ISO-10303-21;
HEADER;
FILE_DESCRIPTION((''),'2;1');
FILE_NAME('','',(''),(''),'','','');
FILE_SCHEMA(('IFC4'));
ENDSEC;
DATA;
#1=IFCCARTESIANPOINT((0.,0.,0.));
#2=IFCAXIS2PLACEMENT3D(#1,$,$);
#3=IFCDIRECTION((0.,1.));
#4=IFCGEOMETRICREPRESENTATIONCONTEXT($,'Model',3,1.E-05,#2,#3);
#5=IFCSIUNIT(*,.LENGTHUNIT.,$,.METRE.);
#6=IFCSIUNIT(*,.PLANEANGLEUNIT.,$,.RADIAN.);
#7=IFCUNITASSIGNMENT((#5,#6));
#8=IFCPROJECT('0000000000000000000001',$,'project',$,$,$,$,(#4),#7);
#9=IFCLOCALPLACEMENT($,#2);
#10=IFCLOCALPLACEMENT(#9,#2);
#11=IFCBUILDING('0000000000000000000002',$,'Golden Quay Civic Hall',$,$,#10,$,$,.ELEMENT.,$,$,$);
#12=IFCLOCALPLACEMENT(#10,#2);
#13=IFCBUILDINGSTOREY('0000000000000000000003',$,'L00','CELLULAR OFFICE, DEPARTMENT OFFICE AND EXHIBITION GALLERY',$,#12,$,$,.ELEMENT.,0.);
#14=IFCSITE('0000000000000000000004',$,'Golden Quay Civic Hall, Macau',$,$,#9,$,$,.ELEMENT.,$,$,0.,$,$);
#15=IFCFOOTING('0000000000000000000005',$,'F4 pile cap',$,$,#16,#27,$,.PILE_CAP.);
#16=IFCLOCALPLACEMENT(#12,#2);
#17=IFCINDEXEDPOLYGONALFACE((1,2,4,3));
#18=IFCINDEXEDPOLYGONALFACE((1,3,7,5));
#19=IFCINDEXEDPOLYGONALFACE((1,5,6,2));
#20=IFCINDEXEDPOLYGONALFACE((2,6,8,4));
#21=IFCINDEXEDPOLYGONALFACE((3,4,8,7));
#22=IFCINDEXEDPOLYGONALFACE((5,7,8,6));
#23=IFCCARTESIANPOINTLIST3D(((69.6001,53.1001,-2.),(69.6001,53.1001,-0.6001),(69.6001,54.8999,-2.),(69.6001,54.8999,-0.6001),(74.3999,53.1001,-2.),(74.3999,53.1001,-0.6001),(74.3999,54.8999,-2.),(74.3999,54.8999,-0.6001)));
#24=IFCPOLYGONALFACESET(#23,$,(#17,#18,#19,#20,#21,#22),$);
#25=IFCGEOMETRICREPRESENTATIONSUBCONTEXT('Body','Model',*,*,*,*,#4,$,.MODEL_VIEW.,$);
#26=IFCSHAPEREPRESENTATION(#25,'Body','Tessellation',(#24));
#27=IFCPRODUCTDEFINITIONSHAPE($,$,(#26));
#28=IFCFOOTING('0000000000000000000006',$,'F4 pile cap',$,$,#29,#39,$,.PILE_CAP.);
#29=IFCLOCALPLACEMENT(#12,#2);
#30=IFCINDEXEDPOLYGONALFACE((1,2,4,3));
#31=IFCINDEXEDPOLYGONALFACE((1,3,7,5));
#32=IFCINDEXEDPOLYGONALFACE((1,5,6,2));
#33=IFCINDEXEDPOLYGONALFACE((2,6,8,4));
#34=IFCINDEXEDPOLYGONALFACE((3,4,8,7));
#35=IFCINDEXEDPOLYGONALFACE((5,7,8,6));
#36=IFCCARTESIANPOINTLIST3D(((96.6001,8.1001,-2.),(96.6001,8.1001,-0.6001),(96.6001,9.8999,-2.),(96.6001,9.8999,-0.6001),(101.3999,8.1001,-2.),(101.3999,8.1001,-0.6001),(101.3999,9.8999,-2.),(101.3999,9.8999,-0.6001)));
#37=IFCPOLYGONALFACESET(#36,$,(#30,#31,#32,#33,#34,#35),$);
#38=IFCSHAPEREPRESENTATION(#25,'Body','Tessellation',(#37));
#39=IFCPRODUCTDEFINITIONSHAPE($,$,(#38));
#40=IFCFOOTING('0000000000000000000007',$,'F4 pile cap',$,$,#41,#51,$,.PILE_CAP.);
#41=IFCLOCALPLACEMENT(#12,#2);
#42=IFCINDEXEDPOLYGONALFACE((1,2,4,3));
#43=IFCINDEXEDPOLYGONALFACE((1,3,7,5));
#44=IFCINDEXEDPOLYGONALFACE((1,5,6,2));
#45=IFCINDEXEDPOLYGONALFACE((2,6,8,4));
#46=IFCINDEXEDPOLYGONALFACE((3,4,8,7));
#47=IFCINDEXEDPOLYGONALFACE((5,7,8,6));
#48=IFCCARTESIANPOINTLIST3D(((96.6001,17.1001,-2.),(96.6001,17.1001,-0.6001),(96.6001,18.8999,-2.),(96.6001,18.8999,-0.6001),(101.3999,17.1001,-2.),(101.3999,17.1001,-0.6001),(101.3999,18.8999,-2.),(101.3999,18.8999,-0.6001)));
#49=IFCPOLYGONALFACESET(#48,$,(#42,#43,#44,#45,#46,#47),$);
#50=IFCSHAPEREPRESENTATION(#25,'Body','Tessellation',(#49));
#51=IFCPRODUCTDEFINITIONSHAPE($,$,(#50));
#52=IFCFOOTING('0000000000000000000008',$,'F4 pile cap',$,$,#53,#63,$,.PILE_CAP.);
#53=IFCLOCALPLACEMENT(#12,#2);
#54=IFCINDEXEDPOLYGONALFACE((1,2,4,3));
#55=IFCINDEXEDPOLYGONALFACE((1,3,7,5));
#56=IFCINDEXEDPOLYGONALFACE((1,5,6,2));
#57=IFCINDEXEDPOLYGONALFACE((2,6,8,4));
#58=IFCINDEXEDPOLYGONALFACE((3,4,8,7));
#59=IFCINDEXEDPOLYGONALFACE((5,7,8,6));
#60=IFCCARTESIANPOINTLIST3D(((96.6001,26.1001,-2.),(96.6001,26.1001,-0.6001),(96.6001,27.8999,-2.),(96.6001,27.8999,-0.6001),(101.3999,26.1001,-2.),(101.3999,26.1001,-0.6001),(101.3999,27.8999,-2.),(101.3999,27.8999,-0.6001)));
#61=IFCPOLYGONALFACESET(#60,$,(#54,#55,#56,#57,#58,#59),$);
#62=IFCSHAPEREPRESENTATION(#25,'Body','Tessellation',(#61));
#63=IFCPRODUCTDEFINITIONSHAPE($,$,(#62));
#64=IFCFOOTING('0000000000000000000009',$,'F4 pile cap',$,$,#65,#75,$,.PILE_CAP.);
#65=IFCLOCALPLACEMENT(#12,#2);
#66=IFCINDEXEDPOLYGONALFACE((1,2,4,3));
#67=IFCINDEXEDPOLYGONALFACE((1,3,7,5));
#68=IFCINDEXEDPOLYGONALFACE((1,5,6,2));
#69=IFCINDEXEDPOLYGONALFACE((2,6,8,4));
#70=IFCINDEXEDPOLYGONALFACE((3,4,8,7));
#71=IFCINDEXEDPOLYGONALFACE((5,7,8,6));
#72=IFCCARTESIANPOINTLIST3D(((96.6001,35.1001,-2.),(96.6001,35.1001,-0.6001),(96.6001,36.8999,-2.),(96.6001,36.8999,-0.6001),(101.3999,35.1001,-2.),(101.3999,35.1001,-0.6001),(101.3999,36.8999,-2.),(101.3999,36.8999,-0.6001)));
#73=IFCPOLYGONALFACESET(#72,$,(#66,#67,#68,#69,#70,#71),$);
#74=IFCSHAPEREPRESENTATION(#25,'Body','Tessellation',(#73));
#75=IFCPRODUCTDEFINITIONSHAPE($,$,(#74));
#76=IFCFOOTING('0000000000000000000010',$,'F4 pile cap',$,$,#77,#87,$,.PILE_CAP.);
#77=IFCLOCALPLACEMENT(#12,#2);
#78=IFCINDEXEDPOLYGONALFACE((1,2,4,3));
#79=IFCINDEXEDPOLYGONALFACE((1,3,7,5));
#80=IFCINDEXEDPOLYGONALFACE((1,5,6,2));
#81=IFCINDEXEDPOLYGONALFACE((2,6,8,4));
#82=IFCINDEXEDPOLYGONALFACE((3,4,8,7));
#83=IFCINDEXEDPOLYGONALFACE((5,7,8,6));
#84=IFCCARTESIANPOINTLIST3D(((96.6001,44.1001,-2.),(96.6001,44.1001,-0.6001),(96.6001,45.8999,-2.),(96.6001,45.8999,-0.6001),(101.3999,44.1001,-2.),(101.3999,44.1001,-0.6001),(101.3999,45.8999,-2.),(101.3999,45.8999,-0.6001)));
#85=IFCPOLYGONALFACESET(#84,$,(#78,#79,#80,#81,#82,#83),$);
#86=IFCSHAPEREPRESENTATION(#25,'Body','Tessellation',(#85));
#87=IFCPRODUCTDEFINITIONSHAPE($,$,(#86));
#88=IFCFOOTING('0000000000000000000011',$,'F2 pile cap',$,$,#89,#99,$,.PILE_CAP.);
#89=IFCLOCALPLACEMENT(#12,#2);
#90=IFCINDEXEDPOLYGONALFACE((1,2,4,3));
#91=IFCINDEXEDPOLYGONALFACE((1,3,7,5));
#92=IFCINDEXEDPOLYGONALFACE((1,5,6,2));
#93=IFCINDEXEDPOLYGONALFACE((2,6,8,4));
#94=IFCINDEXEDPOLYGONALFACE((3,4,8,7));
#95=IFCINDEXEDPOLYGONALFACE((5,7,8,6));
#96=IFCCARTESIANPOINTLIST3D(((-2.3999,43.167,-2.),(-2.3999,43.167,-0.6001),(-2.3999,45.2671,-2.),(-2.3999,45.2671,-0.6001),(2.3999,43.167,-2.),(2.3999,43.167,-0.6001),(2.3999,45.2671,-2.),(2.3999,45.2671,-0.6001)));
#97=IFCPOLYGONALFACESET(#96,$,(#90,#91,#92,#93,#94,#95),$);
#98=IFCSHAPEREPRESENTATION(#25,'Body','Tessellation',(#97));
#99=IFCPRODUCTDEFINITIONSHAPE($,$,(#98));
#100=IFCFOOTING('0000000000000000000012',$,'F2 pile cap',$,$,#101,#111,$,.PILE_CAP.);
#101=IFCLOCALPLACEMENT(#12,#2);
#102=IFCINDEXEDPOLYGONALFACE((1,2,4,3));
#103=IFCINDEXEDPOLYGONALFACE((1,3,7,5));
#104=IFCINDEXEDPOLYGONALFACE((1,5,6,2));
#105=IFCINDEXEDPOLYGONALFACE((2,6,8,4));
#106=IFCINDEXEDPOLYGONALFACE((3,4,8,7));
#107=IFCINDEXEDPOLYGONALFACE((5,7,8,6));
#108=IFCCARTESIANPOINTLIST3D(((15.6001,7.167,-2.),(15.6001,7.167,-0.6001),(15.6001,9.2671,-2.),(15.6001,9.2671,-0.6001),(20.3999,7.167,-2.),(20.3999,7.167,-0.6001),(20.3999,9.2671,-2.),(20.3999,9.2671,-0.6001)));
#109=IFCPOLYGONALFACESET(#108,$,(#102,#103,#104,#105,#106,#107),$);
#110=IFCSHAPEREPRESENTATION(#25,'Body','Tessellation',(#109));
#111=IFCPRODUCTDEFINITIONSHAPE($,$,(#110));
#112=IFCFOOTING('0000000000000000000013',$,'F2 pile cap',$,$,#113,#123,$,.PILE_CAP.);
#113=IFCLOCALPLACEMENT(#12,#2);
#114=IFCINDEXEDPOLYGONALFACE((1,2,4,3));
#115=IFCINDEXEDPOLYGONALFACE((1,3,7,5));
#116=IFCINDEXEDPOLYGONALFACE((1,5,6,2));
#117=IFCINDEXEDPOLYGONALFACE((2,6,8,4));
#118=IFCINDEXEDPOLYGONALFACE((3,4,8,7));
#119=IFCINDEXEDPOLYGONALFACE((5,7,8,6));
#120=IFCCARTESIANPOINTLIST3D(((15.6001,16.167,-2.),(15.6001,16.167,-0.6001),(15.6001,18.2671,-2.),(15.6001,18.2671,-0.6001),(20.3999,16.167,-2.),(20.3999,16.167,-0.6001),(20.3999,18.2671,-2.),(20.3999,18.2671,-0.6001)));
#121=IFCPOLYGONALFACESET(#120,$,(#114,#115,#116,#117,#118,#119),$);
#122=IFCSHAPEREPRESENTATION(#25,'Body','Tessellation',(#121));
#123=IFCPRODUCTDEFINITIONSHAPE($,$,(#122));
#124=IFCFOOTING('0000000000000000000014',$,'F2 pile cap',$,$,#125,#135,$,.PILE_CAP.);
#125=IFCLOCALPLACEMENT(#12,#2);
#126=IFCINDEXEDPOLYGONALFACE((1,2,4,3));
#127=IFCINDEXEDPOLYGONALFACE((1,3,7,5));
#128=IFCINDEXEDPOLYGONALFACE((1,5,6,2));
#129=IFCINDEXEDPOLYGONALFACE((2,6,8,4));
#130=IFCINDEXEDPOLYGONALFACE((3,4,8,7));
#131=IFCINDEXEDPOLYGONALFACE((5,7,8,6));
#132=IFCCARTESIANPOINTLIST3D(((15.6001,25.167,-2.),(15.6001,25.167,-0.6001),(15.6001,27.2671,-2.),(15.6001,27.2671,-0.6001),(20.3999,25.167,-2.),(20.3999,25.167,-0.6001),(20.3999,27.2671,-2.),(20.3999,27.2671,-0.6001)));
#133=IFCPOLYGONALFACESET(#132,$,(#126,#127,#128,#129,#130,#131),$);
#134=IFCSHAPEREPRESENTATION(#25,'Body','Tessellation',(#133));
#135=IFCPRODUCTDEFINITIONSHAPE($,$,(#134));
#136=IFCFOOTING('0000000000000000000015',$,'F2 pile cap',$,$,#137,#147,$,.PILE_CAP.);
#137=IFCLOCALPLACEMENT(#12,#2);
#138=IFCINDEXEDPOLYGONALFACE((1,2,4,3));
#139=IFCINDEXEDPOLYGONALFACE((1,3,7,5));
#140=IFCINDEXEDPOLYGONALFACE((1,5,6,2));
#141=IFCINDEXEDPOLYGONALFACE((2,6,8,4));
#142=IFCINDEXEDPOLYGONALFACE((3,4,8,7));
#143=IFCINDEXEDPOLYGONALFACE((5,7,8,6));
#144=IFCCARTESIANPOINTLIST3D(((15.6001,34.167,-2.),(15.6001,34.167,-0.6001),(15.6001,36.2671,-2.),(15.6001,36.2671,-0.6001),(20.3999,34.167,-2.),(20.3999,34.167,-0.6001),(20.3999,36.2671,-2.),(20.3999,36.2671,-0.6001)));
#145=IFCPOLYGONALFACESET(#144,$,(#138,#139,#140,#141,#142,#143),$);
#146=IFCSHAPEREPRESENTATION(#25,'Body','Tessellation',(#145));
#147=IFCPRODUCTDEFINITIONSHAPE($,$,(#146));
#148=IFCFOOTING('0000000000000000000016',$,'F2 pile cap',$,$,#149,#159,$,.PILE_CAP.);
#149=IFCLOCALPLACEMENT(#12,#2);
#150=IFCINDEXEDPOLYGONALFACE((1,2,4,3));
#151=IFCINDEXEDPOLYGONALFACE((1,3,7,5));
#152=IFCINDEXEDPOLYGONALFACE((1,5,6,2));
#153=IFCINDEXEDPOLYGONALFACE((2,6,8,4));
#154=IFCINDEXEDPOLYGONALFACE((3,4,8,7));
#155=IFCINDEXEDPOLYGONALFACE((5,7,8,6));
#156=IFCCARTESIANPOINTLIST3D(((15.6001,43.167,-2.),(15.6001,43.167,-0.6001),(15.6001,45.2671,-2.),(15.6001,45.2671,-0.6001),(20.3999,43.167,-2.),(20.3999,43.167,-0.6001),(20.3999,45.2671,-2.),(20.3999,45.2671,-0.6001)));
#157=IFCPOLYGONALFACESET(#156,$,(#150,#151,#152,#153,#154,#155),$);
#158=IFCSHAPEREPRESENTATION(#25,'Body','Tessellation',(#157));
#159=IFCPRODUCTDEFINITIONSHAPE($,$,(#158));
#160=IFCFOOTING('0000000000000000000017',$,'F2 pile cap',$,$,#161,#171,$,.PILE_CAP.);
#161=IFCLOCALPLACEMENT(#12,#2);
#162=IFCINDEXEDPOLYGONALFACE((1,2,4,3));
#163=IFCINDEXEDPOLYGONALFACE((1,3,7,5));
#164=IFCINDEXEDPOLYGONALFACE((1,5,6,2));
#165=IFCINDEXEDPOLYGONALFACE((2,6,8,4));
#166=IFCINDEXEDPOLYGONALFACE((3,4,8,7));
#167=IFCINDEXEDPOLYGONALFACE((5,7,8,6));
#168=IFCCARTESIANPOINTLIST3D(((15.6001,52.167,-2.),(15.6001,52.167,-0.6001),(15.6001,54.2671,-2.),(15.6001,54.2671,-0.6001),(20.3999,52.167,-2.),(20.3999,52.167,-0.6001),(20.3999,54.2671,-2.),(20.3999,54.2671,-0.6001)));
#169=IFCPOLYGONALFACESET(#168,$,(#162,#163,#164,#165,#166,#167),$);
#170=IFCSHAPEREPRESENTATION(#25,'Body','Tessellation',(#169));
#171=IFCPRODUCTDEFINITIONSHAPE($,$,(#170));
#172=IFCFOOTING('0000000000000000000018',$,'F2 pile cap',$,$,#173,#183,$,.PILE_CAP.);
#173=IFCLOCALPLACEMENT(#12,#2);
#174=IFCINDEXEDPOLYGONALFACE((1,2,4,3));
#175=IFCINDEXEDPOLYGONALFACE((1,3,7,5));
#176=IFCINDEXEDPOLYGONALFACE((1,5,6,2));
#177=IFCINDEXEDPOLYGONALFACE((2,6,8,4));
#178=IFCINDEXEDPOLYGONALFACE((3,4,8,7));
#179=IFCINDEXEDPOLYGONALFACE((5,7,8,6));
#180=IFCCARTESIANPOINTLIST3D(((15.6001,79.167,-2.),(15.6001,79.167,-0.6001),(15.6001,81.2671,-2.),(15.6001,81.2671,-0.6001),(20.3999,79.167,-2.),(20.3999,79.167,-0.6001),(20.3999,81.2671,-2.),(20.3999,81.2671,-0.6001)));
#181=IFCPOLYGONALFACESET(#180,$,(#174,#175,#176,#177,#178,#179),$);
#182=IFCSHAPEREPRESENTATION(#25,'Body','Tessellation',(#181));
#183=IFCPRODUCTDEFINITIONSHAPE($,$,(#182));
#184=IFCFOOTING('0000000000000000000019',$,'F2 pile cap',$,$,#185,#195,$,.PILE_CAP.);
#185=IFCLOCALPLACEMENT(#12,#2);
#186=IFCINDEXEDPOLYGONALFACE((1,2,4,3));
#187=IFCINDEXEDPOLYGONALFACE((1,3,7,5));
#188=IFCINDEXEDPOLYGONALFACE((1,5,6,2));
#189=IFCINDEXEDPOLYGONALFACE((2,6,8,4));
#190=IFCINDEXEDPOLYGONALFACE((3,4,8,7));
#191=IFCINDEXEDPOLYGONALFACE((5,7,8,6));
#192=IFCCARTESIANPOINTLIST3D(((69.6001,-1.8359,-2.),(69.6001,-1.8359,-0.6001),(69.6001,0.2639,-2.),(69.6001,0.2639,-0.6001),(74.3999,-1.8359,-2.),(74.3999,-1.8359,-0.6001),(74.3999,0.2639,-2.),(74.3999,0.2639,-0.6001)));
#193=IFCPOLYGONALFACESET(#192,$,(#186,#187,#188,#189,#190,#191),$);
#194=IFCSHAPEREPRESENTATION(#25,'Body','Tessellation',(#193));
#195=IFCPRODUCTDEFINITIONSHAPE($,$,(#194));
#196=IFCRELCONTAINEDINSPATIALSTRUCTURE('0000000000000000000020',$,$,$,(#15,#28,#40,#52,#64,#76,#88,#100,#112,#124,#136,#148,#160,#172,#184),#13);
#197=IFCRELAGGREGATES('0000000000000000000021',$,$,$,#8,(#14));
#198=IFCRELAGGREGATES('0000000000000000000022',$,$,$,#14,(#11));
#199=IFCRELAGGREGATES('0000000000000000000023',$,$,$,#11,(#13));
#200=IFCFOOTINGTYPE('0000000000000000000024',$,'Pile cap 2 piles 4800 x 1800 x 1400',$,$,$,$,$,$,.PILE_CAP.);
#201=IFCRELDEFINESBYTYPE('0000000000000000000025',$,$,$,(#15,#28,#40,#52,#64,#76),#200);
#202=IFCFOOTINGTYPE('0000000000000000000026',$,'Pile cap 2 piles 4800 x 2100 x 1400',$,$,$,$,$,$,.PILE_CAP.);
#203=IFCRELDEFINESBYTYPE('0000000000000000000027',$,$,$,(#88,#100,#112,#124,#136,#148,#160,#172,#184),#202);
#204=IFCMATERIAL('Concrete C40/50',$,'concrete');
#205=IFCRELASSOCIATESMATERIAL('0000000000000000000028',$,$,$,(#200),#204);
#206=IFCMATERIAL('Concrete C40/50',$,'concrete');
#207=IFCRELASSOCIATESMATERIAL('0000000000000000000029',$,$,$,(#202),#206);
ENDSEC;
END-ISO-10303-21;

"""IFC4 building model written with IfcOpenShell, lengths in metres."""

from ifc_helpers import new_model, si_unit, direction, frame, origin, place, context, subcontext, project, spatial, polyline, outline, extrude, material, type_object, element, save


model = new_model("IFC4")

# Units and contexts
model_context = context("Model", 3, precision=1e-05, world=origin(), true_north=direction((0.0, 1.0)))
body_context = subcontext(model_context, "Body", "Model", "MODEL_VIEW")
ifc_project = project(units=[si_unit("LENGTHUNIT", "METRE"), si_unit("PLANEANGLEUNIT", "RADIAN")], contexts=[model_context])

# Site, building, storey
site_placement = place(None, origin())
site = spatial("IfcSite", under=ifc_project, at=site_placement, Name="Golden Quay Civic Hall, Macau", CompositionType="ELEMENT", RefElevation=0.0)
building_placement = place(site_placement, origin())
building = spatial("IfcBuilding", under=site, at=building_placement, Name="Golden Quay Civic Hall", CompositionType="ELEMENT")
storey_placement = place(building_placement, origin())
storey = spatial("IfcBuildingStorey", under=building, at=storey_placement, Name="L00", Description="CELLULAR OFFICE, DEPARTMENT OFFICE AND EXHIBITION GALLERY", CompositionType="ELEMENT", Elevation=0.0)

# Footings
ifc_material_1 = material(Name="Concrete C40/50", Category="concrete")
footing_type_1 = type_object("IfcFootingType", Name="Pile cap 2 piles 4800 x 1800 x 1400", PredefinedType="PILE_CAP", material=ifc_material_1)
footing_1_placement = place(storey_placement, frame((0.0, 0.0, -2.0)))
element("IfcFooting", 1, at=footing_1_placement, inside=storey, type_object=footing_type_1, Name="F4 pile cap", PredefinedType="PILE_CAP", context=body_context, shape_type="SweptSolid", body=[
    extrude(outline(polyline([(74.3999, 53.1001), (74.3999, 54.8999), (69.6001, 54.8999), (69.6001, 53.1001), (74.3999, 53.1001)])), origin(), (0.0, 0.0, 1.0), 1.3999),
])
footing_2_placement = place(storey_placement, frame((0.0, 0.0, -2.0)))
element("IfcFooting", 2, at=footing_2_placement, inside=storey, type_object=footing_type_1, Name="F4 pile cap", PredefinedType="PILE_CAP", context=body_context, shape_type="SweptSolid", body=[
    extrude(outline(polyline([(101.3999, 8.1001), (101.3999, 9.8999), (96.6001, 9.8999), (96.6001, 8.1001), (101.3999, 8.1001)])), origin(), (0.0, 0.0, 1.0), 1.3999),
])
footing_3_placement = place(storey_placement, frame((0.0, 0.0, -2.0)))
element("IfcFooting", 3, at=footing_3_placement, inside=storey, type_object=footing_type_1, Name="F4 pile cap", PredefinedType="PILE_CAP", context=body_context, shape_type="SweptSolid", body=[
    extrude(outline(polyline([(101.3999, 17.1001), (101.3999, 18.8999), (96.6001, 18.8999), (96.6001, 17.1001), (101.3999, 17.1001)])), origin(), (0.0, 0.0, 1.0), 1.3999),
])
footing_4_placement = place(storey_placement, frame((0.0, 0.0, -2.0)))
element("IfcFooting", 4, at=footing_4_placement, inside=storey, type_object=footing_type_1, Name="F4 pile cap", PredefinedType="PILE_CAP", context=body_context, shape_type="SweptSolid", body=[
    extrude(outline(polyline([(101.3999, 26.1001), (101.3999, 27.8999), (96.6001, 27.8999), (96.6001, 26.1001), (101.3999, 26.1001)])), origin(), (0.0, 0.0, 1.0), 1.3999),
])
footing_5_placement = place(storey_placement, frame((0.0, 0.0, -2.0)))
element("IfcFooting", 5, at=footing_5_placement, inside=storey, type_object=footing_type_1, Name="F4 pile cap", PredefinedType="PILE_CAP", context=body_context, shape_type="SweptSolid", body=[
    extrude(outline(polyline([(101.3999, 35.1001), (101.3999, 36.8999), (96.6001, 36.8999), (96.6001, 35.1001), (101.3999, 35.1001)])), origin(), (0.0, 0.0, 1.0), 1.3999),
])
footing_6_placement = place(storey_placement, frame((0.0, 0.0, -2.0)))
element("IfcFooting", 6, at=footing_6_placement, inside=storey, type_object=footing_type_1, Name="F4 pile cap", PredefinedType="PILE_CAP", context=body_context, shape_type="SweptSolid", body=[
    extrude(outline(polyline([(101.3999, 44.1001), (101.3999, 45.8999), (96.6001, 45.8999), (96.6001, 44.1001), (101.3999, 44.1001)])), origin(), (0.0, 0.0, 1.0), 1.3999),
])
ifc_material_2 = material(Name="Concrete C40/50", Category="concrete")
footing_type_2 = type_object("IfcFootingType", Name="Pile cap 2 piles 4800 x 2100 x 1400", PredefinedType="PILE_CAP", material=ifc_material_2)
footing_7_placement = place(storey_placement, frame((0.0, 0.0, -2.0)))
element("IfcFooting", 7, at=footing_7_placement, inside=storey, type_object=footing_type_2, Name="F2 pile cap", PredefinedType="PILE_CAP", context=body_context, shape_type="SweptSolid", body=[
    extrude(outline(polyline([(2.3999, 43.167), (2.3999, 45.2671), (-2.3999, 45.2671), (-2.3999, 43.167), (2.3999, 43.167)])), origin(), (0.0, 0.0, 1.0), 1.3999),
])
footing_8_placement = place(storey_placement, frame((0.0, 0.0, -2.0)))
element("IfcFooting", 8, at=footing_8_placement, inside=storey, type_object=footing_type_2, Name="F2 pile cap", PredefinedType="PILE_CAP", context=body_context, shape_type="SweptSolid", body=[
    extrude(outline(polyline([(20.3999, 7.167), (20.3999, 9.2671), (15.6001, 9.2671), (15.6001, 7.167), (20.3999, 7.167)])), origin(), (0.0, 0.0, 1.0), 1.3999),
])
footing_9_placement = place(storey_placement, frame((0.0, 0.0, -2.0)))
element("IfcFooting", 9, at=footing_9_placement, inside=storey, type_object=footing_type_2, Name="F2 pile cap", PredefinedType="PILE_CAP", context=body_context, shape_type="SweptSolid", body=[
    extrude(outline(polyline([(20.3999, 16.167), (20.3999, 18.2671), (15.6001, 18.2671), (15.6001, 16.167), (20.3999, 16.167)])), origin(), (0.0, 0.0, 1.0), 1.3999),
])
footing_10_placement = place(storey_placement, frame((0.0, 0.0, -2.0)))
element("IfcFooting", 10, at=footing_10_placement, inside=storey, type_object=footing_type_2, Name="F2 pile cap", PredefinedType="PILE_CAP", context=body_context, shape_type="SweptSolid", body=[
    extrude(outline(polyline([(20.3999, 25.167), (20.3999, 27.2671), (15.6001, 27.2671), (15.6001, 25.167), (20.3999, 25.167)])), origin(), (0.0, 0.0, 1.0), 1.3999),
])
footing_11_placement = place(storey_placement, frame((0.0, 0.0, -2.0)))
element("IfcFooting", 11, at=footing_11_placement, inside=storey, type_object=footing_type_2, Name="F2 pile cap", PredefinedType="PILE_CAP", context=body_context, shape_type="SweptSolid", body=[
    extrude(outline(polyline([(20.3999, 34.167), (20.3999, 36.2671), (15.6001, 36.2671), (15.6001, 34.167), (20.3999, 34.167)])), origin(), (0.0, 0.0, 1.0), 1.3999),
])
footing_12_placement = place(storey_placement, frame((0.0, 0.0, -2.0)))
element("IfcFooting", 12, at=footing_12_placement, inside=storey, type_object=footing_type_2, Name="F2 pile cap", PredefinedType="PILE_CAP", context=body_context, shape_type="SweptSolid", body=[
    extrude(outline(polyline([(20.3999, 43.167), (20.3999, 45.2671), (15.6001, 45.2671), (15.6001, 43.167), (20.3999, 43.167)])), origin(), (0.0, 0.0, 1.0), 1.3999),
])
footing_13_placement = place(storey_placement, frame((0.0, 0.0, -2.0)))
element("IfcFooting", 13, at=footing_13_placement, inside=storey, type_object=footing_type_2, Name="F2 pile cap", PredefinedType="PILE_CAP", context=body_context, shape_type="SweptSolid", body=[
    extrude(outline(polyline([(20.3999, 52.167), (20.3999, 54.2671), (15.6001, 54.2671), (15.6001, 52.167), (20.3999, 52.167)])), origin(), (0.0, 0.0, 1.0), 1.3999),
])
footing_14_placement = place(storey_placement, frame((0.0, 0.0, -2.0)))
element("IfcFooting", 14, at=footing_14_placement, inside=storey, type_object=footing_type_2, Name="F2 pile cap", PredefinedType="PILE_CAP", context=body_context, shape_type="SweptSolid", body=[
    extrude(outline(polyline([(20.3999, 79.167), (20.3999, 81.2671), (15.6001, 81.2671), (15.6001, 79.167), (20.3999, 79.167)])), origin(), (0.0, 0.0, 1.0), 1.3999),
])
footing_15_placement = place(storey_placement, frame((0.0, 0.0, -2.0)))
element("IfcFooting", 15, at=footing_15_placement, inside=storey, type_object=footing_type_2, Name="F2 pile cap", PredefinedType="PILE_CAP", context=body_context, shape_type="SweptSolid", body=[
    extrude(outline(polyline([(74.3999, -1.8359), (74.3999, 0.2639), (69.6001, 0.2639), (69.6001, -1.8359), (74.3999, -1.8359)])), origin(), (0.0, 0.0, 1.0), 1.3999),
])

save(model, "model.ifc")
